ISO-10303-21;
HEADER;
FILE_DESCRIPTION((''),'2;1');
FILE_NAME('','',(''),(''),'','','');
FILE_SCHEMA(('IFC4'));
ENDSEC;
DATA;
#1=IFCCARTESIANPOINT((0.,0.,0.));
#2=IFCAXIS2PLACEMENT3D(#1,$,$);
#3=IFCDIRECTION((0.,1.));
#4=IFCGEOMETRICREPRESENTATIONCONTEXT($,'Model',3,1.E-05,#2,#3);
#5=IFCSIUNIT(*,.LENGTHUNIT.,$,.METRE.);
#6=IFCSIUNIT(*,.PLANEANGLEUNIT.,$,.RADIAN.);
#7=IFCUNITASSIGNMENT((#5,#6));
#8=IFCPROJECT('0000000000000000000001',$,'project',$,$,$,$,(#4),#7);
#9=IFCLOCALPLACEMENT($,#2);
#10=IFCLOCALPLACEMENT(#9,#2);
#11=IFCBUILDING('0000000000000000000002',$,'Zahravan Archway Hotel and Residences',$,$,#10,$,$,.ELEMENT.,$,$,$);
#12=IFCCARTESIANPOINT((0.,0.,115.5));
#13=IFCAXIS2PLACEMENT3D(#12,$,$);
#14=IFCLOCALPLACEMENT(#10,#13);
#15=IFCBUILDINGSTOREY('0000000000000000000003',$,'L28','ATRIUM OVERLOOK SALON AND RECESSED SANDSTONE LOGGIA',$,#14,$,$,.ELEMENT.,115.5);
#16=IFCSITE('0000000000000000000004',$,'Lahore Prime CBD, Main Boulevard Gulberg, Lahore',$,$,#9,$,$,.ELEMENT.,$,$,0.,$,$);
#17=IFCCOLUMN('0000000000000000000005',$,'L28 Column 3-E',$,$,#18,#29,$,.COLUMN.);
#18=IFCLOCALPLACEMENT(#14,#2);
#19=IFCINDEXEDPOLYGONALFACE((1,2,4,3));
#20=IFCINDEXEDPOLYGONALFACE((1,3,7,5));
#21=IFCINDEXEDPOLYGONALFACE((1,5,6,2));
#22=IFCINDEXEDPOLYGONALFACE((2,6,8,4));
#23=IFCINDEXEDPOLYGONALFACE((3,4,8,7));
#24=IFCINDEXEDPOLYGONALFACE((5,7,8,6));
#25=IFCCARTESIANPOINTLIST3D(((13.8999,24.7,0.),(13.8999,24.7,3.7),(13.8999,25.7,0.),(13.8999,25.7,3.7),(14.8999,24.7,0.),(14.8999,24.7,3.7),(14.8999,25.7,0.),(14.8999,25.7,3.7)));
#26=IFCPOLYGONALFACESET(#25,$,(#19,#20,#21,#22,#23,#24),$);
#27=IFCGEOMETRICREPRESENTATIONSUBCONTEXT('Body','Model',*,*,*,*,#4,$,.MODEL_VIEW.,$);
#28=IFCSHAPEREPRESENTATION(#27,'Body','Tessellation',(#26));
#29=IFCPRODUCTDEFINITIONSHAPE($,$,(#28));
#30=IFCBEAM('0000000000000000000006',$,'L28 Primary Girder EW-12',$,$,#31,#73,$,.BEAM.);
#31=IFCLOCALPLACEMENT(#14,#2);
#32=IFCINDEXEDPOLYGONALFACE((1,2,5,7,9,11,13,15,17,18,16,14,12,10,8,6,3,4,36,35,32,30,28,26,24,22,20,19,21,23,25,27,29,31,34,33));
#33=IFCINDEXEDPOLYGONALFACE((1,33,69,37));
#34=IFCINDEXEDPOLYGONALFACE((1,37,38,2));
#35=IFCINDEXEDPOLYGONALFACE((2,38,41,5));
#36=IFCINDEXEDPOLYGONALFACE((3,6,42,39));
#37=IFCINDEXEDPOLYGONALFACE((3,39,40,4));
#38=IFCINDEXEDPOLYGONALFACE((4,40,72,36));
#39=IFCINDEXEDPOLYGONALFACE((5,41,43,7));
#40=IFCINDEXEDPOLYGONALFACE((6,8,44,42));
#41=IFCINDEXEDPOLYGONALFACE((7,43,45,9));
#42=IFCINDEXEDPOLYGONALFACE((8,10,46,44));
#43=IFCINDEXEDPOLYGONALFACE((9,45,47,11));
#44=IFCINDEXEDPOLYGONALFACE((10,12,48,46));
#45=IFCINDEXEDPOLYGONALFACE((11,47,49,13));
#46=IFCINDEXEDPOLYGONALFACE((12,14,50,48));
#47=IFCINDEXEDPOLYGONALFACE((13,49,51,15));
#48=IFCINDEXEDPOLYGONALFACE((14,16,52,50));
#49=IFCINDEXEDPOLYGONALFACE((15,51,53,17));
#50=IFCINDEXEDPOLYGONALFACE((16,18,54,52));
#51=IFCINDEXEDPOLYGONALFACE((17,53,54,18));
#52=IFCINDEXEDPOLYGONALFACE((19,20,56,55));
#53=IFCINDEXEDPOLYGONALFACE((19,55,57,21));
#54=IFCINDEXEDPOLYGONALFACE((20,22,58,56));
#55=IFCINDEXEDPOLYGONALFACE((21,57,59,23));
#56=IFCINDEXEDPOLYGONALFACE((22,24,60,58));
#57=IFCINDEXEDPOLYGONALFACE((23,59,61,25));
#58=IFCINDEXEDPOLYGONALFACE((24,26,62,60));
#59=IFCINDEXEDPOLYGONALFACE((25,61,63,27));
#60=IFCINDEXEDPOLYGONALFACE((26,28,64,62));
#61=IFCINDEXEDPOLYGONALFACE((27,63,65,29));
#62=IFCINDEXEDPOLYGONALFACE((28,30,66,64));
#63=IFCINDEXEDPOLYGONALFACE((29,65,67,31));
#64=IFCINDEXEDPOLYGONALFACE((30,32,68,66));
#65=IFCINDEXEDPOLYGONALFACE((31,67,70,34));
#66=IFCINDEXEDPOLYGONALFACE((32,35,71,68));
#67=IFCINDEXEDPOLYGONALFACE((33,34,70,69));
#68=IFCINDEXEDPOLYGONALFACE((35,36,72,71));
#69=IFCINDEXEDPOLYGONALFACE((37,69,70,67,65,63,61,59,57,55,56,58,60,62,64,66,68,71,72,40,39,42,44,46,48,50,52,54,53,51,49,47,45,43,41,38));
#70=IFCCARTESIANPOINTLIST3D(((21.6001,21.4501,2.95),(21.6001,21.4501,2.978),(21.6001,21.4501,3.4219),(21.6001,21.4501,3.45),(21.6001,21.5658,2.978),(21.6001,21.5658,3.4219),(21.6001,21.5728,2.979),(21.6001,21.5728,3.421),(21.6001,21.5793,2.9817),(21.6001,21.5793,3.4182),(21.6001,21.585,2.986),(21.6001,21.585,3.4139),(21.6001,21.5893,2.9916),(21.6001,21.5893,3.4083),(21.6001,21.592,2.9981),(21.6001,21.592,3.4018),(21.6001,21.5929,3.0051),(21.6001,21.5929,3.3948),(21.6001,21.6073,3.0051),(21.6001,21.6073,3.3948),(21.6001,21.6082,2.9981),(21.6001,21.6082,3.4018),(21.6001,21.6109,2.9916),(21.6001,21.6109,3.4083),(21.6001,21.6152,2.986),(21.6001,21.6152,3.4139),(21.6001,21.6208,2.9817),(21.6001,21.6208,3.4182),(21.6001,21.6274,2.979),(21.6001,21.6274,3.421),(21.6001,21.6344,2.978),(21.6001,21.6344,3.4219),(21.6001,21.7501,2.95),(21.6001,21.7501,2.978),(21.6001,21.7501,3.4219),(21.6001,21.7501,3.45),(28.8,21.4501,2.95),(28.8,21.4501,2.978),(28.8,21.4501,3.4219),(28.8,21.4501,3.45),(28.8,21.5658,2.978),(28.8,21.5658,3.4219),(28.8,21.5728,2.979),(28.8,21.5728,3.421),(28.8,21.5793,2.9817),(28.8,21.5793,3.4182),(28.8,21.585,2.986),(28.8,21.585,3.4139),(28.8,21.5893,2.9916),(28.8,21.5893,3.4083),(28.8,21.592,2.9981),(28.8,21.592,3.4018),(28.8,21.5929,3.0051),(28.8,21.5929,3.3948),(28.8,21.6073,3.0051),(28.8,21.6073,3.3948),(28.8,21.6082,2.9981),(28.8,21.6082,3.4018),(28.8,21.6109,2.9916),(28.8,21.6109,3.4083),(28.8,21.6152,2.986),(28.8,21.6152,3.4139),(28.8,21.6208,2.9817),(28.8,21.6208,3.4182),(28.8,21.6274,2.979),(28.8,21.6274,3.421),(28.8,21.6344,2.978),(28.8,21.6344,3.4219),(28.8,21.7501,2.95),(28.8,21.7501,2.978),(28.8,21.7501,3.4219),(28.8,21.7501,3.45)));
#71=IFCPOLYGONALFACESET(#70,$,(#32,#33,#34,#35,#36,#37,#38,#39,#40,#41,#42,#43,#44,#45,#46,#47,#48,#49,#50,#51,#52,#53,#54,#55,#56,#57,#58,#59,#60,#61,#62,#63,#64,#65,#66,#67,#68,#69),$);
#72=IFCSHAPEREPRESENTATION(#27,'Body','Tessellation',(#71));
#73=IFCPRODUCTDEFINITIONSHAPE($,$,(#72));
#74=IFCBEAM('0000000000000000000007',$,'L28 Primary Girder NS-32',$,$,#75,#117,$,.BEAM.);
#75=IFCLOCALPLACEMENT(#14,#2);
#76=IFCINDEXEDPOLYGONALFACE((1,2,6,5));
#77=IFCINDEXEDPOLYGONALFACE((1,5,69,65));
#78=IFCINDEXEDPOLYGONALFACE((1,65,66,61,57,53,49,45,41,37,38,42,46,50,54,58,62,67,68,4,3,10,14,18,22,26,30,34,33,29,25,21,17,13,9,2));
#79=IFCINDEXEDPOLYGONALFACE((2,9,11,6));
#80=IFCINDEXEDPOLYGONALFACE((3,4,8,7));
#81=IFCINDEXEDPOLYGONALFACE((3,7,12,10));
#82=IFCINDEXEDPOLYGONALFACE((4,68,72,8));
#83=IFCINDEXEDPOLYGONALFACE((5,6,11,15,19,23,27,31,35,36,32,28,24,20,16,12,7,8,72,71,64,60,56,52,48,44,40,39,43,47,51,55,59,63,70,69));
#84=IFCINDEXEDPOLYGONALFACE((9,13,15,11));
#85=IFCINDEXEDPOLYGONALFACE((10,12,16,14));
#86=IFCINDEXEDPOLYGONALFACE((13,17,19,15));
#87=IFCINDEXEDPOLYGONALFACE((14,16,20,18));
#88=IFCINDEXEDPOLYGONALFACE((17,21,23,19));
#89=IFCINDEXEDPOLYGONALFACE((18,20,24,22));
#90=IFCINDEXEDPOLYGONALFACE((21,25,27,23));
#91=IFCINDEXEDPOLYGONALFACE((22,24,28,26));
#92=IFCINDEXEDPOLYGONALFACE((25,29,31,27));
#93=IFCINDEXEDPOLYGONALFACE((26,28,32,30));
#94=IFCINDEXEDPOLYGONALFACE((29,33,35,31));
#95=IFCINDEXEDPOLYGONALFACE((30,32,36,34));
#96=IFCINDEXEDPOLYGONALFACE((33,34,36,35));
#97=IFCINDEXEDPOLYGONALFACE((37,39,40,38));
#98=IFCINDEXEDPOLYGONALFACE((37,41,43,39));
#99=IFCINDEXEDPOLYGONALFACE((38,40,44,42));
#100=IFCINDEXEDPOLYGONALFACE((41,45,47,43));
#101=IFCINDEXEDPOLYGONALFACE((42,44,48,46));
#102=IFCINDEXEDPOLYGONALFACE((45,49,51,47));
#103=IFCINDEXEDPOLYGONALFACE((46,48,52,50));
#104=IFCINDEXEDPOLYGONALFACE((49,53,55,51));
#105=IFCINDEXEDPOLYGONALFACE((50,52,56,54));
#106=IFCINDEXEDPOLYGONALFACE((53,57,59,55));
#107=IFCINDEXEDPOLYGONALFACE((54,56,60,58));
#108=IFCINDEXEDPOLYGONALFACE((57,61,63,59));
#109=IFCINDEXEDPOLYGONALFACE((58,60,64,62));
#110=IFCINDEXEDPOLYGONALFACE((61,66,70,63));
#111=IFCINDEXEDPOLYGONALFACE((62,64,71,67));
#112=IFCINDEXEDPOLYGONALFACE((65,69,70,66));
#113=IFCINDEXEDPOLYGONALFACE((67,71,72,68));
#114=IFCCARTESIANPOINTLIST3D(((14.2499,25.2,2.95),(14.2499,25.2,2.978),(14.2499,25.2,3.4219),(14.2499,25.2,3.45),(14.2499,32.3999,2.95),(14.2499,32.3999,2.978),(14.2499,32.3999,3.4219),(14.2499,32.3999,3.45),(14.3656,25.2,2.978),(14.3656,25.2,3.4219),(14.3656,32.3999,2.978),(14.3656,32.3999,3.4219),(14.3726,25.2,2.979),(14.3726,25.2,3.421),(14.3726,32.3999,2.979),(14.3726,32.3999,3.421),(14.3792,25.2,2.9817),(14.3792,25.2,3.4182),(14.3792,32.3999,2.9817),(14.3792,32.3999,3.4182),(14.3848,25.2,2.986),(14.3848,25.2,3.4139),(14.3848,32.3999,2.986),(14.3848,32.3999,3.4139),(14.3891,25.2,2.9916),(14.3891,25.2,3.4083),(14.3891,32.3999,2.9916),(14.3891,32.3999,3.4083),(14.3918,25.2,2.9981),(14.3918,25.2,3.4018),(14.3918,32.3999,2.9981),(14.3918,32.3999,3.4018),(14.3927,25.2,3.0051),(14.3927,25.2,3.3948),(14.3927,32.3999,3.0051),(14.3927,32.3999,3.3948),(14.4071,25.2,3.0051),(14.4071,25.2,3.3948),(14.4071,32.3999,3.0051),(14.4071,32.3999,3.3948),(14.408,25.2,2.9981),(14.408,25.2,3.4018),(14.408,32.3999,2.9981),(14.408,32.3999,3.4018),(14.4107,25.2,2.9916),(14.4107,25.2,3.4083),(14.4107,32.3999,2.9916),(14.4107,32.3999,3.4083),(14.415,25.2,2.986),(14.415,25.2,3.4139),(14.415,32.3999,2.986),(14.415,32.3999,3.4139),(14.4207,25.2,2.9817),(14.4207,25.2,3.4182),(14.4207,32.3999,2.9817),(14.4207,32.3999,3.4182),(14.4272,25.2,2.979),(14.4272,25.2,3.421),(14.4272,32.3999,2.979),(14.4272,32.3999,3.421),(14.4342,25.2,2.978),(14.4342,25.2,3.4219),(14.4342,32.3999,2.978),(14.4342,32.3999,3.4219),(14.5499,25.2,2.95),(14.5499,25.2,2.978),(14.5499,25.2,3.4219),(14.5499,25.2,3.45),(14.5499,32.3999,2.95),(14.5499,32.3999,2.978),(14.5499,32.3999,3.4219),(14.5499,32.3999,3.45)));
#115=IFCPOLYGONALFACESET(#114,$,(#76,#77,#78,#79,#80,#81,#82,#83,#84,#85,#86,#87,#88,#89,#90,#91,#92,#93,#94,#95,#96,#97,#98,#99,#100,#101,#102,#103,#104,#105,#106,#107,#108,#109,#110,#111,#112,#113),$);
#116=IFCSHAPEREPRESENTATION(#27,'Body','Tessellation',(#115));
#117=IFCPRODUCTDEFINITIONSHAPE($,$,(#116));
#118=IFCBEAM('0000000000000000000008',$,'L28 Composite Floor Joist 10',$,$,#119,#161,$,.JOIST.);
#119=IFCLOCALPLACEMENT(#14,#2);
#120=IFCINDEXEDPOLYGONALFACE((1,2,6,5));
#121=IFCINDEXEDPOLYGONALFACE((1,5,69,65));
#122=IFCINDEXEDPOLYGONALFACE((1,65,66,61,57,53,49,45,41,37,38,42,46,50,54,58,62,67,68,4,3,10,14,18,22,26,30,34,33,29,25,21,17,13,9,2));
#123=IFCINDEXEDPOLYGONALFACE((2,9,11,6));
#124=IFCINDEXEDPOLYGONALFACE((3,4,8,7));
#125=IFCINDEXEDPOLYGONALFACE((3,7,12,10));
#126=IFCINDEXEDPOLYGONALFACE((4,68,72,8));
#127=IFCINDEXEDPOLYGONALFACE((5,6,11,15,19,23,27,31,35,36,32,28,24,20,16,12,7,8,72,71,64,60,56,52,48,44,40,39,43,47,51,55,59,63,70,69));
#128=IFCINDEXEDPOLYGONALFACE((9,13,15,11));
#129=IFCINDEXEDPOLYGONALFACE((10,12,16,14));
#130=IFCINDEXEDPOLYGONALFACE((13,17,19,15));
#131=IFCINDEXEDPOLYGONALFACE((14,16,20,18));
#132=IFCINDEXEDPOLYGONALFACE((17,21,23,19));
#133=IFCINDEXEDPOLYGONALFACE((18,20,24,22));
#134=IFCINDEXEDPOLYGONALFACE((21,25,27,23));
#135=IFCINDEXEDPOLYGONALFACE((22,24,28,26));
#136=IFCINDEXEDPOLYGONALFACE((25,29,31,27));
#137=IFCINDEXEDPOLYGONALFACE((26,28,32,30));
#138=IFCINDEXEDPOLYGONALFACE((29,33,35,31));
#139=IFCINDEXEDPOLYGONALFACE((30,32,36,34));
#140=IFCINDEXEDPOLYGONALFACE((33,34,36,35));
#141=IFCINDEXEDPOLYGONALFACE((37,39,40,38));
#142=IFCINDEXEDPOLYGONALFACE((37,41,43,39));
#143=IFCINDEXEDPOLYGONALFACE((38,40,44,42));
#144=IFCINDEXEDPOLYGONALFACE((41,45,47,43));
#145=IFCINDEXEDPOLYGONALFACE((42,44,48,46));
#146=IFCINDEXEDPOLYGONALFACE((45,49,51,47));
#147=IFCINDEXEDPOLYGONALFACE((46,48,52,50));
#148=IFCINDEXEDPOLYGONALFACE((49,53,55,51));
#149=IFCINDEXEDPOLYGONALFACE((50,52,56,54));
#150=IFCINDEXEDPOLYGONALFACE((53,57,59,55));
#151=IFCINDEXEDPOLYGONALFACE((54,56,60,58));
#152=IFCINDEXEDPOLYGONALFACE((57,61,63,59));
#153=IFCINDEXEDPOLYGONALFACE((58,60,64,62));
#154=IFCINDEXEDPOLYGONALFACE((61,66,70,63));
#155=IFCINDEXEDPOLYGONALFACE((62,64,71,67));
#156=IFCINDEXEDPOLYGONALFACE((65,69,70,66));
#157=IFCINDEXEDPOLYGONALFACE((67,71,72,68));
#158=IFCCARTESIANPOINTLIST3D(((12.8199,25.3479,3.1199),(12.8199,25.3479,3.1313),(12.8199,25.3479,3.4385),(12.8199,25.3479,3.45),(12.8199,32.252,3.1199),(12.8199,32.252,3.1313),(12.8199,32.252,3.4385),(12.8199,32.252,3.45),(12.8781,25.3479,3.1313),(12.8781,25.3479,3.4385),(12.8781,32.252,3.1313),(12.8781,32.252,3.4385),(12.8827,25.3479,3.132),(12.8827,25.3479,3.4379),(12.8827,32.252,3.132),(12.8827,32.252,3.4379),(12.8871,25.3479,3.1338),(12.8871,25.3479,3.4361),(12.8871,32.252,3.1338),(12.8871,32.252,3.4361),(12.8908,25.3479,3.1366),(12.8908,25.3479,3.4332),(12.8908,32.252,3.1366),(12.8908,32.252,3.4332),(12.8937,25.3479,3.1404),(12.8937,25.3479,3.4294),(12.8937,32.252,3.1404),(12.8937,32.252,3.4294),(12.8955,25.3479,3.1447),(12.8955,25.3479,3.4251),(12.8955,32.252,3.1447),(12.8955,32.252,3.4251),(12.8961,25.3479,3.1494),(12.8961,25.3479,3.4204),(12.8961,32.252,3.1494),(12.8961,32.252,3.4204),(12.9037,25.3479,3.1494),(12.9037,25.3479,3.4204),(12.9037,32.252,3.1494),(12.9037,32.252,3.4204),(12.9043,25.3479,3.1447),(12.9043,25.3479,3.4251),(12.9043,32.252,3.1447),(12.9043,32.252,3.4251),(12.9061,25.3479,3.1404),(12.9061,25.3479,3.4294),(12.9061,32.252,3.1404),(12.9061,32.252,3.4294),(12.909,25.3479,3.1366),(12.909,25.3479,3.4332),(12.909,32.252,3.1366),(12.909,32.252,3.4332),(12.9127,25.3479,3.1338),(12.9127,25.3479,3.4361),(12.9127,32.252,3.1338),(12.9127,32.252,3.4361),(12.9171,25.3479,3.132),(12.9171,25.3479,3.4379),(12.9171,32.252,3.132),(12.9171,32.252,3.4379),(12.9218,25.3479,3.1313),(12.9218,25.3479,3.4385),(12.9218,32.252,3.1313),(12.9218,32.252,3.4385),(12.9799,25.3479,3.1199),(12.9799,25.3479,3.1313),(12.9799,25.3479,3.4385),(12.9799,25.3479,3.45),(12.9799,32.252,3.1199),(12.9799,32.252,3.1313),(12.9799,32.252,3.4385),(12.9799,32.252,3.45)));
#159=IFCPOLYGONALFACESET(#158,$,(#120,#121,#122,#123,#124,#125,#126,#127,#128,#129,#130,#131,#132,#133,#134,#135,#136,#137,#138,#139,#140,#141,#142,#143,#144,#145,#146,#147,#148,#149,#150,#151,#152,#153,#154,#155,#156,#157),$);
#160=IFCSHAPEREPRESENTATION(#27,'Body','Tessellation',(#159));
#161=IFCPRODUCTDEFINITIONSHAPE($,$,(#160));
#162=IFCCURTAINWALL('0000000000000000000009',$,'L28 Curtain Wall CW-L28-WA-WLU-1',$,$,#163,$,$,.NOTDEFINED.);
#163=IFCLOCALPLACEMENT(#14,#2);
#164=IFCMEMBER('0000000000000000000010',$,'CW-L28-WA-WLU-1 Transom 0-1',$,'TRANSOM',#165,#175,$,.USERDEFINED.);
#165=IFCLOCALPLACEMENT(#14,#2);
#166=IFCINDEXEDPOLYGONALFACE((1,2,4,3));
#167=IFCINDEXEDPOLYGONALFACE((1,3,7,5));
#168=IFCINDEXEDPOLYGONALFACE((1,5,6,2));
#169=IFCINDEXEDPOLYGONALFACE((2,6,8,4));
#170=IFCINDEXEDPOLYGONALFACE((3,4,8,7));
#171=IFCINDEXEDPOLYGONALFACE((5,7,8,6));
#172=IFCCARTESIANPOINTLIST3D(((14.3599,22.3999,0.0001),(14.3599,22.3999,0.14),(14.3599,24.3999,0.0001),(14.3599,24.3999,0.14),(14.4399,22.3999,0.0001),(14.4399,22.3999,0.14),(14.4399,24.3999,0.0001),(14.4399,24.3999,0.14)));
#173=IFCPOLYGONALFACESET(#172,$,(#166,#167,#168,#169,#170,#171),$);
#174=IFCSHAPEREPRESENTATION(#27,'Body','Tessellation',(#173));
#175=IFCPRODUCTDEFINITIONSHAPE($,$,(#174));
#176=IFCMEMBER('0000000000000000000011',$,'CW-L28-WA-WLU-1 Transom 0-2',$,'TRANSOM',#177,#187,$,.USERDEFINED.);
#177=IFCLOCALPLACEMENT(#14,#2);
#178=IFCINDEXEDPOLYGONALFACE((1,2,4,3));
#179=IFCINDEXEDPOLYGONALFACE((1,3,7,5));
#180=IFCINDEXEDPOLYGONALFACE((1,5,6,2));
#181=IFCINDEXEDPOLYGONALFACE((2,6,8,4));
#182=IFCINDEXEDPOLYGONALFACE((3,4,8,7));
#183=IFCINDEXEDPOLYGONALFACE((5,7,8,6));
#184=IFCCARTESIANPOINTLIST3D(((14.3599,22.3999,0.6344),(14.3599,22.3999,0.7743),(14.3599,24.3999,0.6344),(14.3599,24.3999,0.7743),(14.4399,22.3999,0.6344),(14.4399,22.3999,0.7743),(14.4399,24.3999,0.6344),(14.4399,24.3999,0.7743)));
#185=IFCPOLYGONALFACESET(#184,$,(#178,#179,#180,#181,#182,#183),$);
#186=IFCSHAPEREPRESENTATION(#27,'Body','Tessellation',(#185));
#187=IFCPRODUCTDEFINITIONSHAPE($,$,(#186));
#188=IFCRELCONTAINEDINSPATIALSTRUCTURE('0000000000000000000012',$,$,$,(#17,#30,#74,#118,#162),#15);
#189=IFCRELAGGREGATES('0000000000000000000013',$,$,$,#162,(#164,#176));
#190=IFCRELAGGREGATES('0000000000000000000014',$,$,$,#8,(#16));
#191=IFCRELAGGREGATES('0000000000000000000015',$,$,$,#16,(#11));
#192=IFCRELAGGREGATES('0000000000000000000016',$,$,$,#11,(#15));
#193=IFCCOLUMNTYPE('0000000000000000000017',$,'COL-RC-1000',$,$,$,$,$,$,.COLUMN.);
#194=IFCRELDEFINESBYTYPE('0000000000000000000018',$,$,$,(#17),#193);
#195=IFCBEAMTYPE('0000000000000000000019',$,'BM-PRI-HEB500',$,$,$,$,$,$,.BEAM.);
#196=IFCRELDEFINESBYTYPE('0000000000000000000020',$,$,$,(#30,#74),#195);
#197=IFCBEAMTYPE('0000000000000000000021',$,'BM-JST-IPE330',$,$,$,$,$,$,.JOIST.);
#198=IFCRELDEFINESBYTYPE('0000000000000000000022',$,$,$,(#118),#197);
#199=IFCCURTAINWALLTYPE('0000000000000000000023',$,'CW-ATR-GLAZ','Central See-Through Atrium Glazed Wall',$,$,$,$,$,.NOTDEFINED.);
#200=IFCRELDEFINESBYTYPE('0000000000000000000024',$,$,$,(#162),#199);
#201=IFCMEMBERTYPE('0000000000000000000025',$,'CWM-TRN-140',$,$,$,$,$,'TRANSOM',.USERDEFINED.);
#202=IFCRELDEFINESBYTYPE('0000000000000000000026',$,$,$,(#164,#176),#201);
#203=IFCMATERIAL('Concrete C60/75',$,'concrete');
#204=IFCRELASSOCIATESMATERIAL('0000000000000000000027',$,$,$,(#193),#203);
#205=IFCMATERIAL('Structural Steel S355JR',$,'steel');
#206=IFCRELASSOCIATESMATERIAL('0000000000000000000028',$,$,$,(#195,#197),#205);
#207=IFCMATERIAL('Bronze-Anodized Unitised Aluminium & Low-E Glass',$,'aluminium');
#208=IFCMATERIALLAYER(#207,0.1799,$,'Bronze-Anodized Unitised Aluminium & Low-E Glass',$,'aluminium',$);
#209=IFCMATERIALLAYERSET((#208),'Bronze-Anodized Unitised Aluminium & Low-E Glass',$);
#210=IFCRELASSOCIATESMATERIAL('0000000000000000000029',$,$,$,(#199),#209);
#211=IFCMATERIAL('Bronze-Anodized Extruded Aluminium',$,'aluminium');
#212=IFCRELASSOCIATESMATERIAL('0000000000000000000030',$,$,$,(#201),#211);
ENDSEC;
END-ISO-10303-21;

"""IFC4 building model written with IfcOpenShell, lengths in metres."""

from ifc_helpers import new_model, si_unit, direction, frame, origin, origin_2d, place, context, subcontext, project, spatial, rectangle, i_section, extrude, source, transform, mapped, material, layer, layer_set, material_profile, profile_set, type_object, type_shapes, element, aggregate, save


model = new_model("IFC4")

# Units and contexts
model_context = context("Model", 3, precision=1e-05, world=origin(), true_north=direction((0.0, 1.0)))
body_context = subcontext(model_context, "Body", "Model", "MODEL_VIEW")
ifc_project = project(units=[si_unit("LENGTHUNIT", "METRE"), si_unit("PLANEANGLEUNIT", "RADIAN")], contexts=[model_context])

# Site, building, storey
site_placement = place(None, origin())
site = spatial("IfcSite", under=ifc_project, at=site_placement, Name="Lahore Prime CBD, Main Boulevard Gulberg, Lahore", CompositionType="ELEMENT", RefElevation=0.0)
building_placement = place(site_placement, origin())
building = spatial("IfcBuilding", under=site, at=building_placement, Name="Zahravan Archway Hotel and Residences", CompositionType="ELEMENT")
storey_placement = place(building_placement, frame((0.0, 0.0, 115.5)))
storey = spatial("IfcBuildingStorey", under=building, at=storey_placement, Name="L28", Description="ATRIUM OVERLOOK SALON AND RECESSED SANDSTONE LOGGIA", CompositionType="ELEMENT", Elevation=115.5)

# Column
ifc_material_1 = material(Name="Concrete C60/75", Category="concrete")
ifc_material_profile_1 = material_profile(ifc_material_1, rectangle(XDim=1.0, YDim=1.0, at=origin_2d()), Name="RC-COL-1000x1000", Category="concrete")
ifc_profile_set_1 = profile_set([ifc_material_profile_1], Name="Concrete C60/75")
column_type = type_object("IfcColumnType", Name="COL-RC-1000", PredefinedType="COLUMN", material=ifc_profile_set_1)
shared_shape_1 = source(origin(), body_context, "Body", "SweptSolid", [
    extrude(rectangle(XDim=1.0, YDim=1.0, at=origin_2d()), origin(), (0.0, 0.0, 1.0), 3.7),
])
type_shapes(column_type, [shared_shape_1])
column_placement = place(storey_placement, frame((14.3999, 25.2, 0.0), z_axis=(0.0, 0.0, 1.0), x_axis=(1.0, 0.0, 0.0)))
element("IfcColumn", 1, at=column_placement, inside=storey, type_object=column_type, Name="L28 Column 3-E", PredefinedType="COLUMN", context=body_context, shape_type="MappedRepresentation", body=[
    mapped(shared_shape_1, transform((0.0, 0.0, 0.0), scale=1.0)),
])

# Beams
ifc_material_2 = material(Name="Structural Steel S355JR", Category="steel")
ifc_material_profile_2 = material_profile(ifc_material_2, i_section(OverallWidth=0.3, OverallDepth=0.5, WebThickness=0.0144, FlangeThickness=0.0281, FilletRadius=0.0271, at=origin_2d()), Name="HEB 500", Category="steel")
ifc_profile_set_2 = profile_set([ifc_material_profile_2], Name="Structural Steel S355JR")
beam_type_1 = type_object("IfcBeamType", Name="BM-PRI-HEB500", PredefinedType="BEAM", material=ifc_profile_set_2)
shared_shape_2 = source(origin(), body_context, "Body", "SweptSolid", [
    extrude(i_section(OverallWidth=0.3, OverallDepth=0.5, WebThickness=0.0144, FlangeThickness=0.0281, FilletRadius=0.0271, at=origin_2d()), origin(), (0.0, 0.0, 1.0), 7.2),
])
for number, where, z_axis, x_axis, name in (
    (2, (21.6001, 21.6001, 3.2), (1.0, 0.0, 0.0), (0.0, 1.0, 0.0), "L28 Primary Girder EW-12"),
    (3, (14.3999, 25.2, 3.2), (0.0, 1.0, 0.0), (-1.0, 0.0, 0.0), "L28 Primary Girder NS-32"),
):
    element("IfcBeam", number, at=place(storey_placement, frame(where, z_axis=z_axis, x_axis=x_axis)), inside=storey, type_object=beam_type_1, Name=name, PredefinedType="BEAM", context=body_context, shape_type="MappedRepresentation", body=[
        mapped(shared_shape_2, transform((0.0, 0.0, 0.0), scale=1.0)),
    ])
ifc_material_profile_3 = material_profile(ifc_material_2, i_section(OverallWidth=0.1599, OverallDepth=0.3301, WebThickness=0.0076, FlangeThickness=0.0115, FilletRadius=0.0181, at=origin_2d()), Name="IPE 330", Category="steel")
ifc_profile_set_3 = profile_set([ifc_material_profile_3], Name="Structural Steel S355JR")
beam_type_2 = type_object("IfcBeamType", Name="BM-JST-IPE330", PredefinedType="JOIST", material=ifc_profile_set_3)
shared_shape_3 = source(origin(), body_context, "Body", "SweptSolid", [
    extrude(i_section(OverallWidth=0.1599, OverallDepth=0.3301, WebThickness=0.0076, FlangeThickness=0.0115, FilletRadius=0.0181, at=origin_2d()), origin(), (0.0, 0.0, 1.0), 6.9041),
])
type_shapes(beam_type_2, [shared_shape_3])
beam_placement = place(storey_placement, frame((12.8999, 25.3479, 3.2849), z_axis=(0.0, 1.0, 0.0), x_axis=(-1.0, 0.0, 0.0)))
element("IfcBeam", 4, at=beam_placement, inside=storey, type_object=beam_type_2, Name="L28 Composite Floor Joist 10", PredefinedType="JOIST", context=body_context, shape_type="MappedRepresentation", body=[
    mapped(shared_shape_3, transform((0.0, 0.0, 0.0), scale=1.0)),
])

# Curtain wall, members
ifc_material_3 = material(Name="Bronze-Anodized Unitised Aluminium & Low-E Glass", Category="aluminium")
ifc_layer_1 = layer(ifc_material_3, 0.1799, Name="Bronze-Anodized Unitised Aluminium & Low-E Glass", Category="aluminium")
ifc_layer_set_1 = layer_set([ifc_layer_1], Name="Bronze-Anodized Unitised Aluminium & Low-E Glass")
curtain_wall_type = type_object("IfcCurtainWallType", Name="CW-ATR-GLAZ", Description="Central See-Through Atrium Glazed Wall", PredefinedType="NOTDEFINED", material=ifc_layer_set_1)
curtain_wall_1_placement = place(storey_placement, origin())
curtain_wall_1 = element("IfcCurtainWall", 5, at=curtain_wall_1_placement, inside=storey, type_object=curtain_wall_type, Name="L28 Curtain Wall CW-L28-WA-WLU-1", PredefinedType="NOTDEFINED")
ifc_material_4 = material(Name="Bronze-Anodized Extruded Aluminium", Category="aluminium")
ifc_material_profile_4 = material_profile(ifc_material_4, rectangle(XDim=0.0801, YDim=0.1399, at=origin_2d()), Name="TRN 80x140", Category="aluminium")
ifc_profile_set_4 = profile_set([ifc_material_profile_4], Name="Bronze-Anodized Extruded Aluminium")
member_type_1 = type_object("IfcMemberType", Name="CWM-TRN-140", ElementType="TRANSOM", PredefinedType="USERDEFINED", material=ifc_profile_set_4)
shared_shape_4 = source(origin(), body_context, "Body", "SweptSolid", [
    extrude(rectangle(XDim=0.0801, YDim=0.1399, at=origin_2d()), origin(), (0.0, 0.0, 1.0), 2.0),
])
member_1_placement = place(storey_placement, frame((14.3999, 22.3999, 0.0701), z_axis=(0.0, 1.0, 0.0), x_axis=(-1.0, 0.0, 0.0)))
member_1 = element("IfcMember", 6, at=member_1_placement, type_object=member_type_1, Name="CW-L28-WA-WLU-1 Transom 0-1", ObjectType="TRANSOM", PredefinedType="USERDEFINED", context=body_context, shape_type="MappedRepresentation", body=[
    mapped(shared_shape_4, transform((0.0, 0.0, 0.0), scale=1.0)),
])
member_2_placement = place(storey_placement, frame((14.3999, 22.3999, 0.7043), z_axis=(0.0, 1.0, 0.0), x_axis=(-1.0, 0.0, 0.0)))
member_2 = element("IfcMember", 7, at=member_2_placement, type_object=member_type_1, Name="CW-L28-WA-WLU-1 Transom 0-2", ObjectType="TRANSOM", PredefinedType="USERDEFINED", context=body_context, shape_type="MappedRepresentation", body=[
    mapped(shared_shape_4, transform((0.0, 0.0, 0.0), scale=1.0)),
])

aggregate(curtain_wall_1, [member_1, member_2])

save(model, "model.ifc")
